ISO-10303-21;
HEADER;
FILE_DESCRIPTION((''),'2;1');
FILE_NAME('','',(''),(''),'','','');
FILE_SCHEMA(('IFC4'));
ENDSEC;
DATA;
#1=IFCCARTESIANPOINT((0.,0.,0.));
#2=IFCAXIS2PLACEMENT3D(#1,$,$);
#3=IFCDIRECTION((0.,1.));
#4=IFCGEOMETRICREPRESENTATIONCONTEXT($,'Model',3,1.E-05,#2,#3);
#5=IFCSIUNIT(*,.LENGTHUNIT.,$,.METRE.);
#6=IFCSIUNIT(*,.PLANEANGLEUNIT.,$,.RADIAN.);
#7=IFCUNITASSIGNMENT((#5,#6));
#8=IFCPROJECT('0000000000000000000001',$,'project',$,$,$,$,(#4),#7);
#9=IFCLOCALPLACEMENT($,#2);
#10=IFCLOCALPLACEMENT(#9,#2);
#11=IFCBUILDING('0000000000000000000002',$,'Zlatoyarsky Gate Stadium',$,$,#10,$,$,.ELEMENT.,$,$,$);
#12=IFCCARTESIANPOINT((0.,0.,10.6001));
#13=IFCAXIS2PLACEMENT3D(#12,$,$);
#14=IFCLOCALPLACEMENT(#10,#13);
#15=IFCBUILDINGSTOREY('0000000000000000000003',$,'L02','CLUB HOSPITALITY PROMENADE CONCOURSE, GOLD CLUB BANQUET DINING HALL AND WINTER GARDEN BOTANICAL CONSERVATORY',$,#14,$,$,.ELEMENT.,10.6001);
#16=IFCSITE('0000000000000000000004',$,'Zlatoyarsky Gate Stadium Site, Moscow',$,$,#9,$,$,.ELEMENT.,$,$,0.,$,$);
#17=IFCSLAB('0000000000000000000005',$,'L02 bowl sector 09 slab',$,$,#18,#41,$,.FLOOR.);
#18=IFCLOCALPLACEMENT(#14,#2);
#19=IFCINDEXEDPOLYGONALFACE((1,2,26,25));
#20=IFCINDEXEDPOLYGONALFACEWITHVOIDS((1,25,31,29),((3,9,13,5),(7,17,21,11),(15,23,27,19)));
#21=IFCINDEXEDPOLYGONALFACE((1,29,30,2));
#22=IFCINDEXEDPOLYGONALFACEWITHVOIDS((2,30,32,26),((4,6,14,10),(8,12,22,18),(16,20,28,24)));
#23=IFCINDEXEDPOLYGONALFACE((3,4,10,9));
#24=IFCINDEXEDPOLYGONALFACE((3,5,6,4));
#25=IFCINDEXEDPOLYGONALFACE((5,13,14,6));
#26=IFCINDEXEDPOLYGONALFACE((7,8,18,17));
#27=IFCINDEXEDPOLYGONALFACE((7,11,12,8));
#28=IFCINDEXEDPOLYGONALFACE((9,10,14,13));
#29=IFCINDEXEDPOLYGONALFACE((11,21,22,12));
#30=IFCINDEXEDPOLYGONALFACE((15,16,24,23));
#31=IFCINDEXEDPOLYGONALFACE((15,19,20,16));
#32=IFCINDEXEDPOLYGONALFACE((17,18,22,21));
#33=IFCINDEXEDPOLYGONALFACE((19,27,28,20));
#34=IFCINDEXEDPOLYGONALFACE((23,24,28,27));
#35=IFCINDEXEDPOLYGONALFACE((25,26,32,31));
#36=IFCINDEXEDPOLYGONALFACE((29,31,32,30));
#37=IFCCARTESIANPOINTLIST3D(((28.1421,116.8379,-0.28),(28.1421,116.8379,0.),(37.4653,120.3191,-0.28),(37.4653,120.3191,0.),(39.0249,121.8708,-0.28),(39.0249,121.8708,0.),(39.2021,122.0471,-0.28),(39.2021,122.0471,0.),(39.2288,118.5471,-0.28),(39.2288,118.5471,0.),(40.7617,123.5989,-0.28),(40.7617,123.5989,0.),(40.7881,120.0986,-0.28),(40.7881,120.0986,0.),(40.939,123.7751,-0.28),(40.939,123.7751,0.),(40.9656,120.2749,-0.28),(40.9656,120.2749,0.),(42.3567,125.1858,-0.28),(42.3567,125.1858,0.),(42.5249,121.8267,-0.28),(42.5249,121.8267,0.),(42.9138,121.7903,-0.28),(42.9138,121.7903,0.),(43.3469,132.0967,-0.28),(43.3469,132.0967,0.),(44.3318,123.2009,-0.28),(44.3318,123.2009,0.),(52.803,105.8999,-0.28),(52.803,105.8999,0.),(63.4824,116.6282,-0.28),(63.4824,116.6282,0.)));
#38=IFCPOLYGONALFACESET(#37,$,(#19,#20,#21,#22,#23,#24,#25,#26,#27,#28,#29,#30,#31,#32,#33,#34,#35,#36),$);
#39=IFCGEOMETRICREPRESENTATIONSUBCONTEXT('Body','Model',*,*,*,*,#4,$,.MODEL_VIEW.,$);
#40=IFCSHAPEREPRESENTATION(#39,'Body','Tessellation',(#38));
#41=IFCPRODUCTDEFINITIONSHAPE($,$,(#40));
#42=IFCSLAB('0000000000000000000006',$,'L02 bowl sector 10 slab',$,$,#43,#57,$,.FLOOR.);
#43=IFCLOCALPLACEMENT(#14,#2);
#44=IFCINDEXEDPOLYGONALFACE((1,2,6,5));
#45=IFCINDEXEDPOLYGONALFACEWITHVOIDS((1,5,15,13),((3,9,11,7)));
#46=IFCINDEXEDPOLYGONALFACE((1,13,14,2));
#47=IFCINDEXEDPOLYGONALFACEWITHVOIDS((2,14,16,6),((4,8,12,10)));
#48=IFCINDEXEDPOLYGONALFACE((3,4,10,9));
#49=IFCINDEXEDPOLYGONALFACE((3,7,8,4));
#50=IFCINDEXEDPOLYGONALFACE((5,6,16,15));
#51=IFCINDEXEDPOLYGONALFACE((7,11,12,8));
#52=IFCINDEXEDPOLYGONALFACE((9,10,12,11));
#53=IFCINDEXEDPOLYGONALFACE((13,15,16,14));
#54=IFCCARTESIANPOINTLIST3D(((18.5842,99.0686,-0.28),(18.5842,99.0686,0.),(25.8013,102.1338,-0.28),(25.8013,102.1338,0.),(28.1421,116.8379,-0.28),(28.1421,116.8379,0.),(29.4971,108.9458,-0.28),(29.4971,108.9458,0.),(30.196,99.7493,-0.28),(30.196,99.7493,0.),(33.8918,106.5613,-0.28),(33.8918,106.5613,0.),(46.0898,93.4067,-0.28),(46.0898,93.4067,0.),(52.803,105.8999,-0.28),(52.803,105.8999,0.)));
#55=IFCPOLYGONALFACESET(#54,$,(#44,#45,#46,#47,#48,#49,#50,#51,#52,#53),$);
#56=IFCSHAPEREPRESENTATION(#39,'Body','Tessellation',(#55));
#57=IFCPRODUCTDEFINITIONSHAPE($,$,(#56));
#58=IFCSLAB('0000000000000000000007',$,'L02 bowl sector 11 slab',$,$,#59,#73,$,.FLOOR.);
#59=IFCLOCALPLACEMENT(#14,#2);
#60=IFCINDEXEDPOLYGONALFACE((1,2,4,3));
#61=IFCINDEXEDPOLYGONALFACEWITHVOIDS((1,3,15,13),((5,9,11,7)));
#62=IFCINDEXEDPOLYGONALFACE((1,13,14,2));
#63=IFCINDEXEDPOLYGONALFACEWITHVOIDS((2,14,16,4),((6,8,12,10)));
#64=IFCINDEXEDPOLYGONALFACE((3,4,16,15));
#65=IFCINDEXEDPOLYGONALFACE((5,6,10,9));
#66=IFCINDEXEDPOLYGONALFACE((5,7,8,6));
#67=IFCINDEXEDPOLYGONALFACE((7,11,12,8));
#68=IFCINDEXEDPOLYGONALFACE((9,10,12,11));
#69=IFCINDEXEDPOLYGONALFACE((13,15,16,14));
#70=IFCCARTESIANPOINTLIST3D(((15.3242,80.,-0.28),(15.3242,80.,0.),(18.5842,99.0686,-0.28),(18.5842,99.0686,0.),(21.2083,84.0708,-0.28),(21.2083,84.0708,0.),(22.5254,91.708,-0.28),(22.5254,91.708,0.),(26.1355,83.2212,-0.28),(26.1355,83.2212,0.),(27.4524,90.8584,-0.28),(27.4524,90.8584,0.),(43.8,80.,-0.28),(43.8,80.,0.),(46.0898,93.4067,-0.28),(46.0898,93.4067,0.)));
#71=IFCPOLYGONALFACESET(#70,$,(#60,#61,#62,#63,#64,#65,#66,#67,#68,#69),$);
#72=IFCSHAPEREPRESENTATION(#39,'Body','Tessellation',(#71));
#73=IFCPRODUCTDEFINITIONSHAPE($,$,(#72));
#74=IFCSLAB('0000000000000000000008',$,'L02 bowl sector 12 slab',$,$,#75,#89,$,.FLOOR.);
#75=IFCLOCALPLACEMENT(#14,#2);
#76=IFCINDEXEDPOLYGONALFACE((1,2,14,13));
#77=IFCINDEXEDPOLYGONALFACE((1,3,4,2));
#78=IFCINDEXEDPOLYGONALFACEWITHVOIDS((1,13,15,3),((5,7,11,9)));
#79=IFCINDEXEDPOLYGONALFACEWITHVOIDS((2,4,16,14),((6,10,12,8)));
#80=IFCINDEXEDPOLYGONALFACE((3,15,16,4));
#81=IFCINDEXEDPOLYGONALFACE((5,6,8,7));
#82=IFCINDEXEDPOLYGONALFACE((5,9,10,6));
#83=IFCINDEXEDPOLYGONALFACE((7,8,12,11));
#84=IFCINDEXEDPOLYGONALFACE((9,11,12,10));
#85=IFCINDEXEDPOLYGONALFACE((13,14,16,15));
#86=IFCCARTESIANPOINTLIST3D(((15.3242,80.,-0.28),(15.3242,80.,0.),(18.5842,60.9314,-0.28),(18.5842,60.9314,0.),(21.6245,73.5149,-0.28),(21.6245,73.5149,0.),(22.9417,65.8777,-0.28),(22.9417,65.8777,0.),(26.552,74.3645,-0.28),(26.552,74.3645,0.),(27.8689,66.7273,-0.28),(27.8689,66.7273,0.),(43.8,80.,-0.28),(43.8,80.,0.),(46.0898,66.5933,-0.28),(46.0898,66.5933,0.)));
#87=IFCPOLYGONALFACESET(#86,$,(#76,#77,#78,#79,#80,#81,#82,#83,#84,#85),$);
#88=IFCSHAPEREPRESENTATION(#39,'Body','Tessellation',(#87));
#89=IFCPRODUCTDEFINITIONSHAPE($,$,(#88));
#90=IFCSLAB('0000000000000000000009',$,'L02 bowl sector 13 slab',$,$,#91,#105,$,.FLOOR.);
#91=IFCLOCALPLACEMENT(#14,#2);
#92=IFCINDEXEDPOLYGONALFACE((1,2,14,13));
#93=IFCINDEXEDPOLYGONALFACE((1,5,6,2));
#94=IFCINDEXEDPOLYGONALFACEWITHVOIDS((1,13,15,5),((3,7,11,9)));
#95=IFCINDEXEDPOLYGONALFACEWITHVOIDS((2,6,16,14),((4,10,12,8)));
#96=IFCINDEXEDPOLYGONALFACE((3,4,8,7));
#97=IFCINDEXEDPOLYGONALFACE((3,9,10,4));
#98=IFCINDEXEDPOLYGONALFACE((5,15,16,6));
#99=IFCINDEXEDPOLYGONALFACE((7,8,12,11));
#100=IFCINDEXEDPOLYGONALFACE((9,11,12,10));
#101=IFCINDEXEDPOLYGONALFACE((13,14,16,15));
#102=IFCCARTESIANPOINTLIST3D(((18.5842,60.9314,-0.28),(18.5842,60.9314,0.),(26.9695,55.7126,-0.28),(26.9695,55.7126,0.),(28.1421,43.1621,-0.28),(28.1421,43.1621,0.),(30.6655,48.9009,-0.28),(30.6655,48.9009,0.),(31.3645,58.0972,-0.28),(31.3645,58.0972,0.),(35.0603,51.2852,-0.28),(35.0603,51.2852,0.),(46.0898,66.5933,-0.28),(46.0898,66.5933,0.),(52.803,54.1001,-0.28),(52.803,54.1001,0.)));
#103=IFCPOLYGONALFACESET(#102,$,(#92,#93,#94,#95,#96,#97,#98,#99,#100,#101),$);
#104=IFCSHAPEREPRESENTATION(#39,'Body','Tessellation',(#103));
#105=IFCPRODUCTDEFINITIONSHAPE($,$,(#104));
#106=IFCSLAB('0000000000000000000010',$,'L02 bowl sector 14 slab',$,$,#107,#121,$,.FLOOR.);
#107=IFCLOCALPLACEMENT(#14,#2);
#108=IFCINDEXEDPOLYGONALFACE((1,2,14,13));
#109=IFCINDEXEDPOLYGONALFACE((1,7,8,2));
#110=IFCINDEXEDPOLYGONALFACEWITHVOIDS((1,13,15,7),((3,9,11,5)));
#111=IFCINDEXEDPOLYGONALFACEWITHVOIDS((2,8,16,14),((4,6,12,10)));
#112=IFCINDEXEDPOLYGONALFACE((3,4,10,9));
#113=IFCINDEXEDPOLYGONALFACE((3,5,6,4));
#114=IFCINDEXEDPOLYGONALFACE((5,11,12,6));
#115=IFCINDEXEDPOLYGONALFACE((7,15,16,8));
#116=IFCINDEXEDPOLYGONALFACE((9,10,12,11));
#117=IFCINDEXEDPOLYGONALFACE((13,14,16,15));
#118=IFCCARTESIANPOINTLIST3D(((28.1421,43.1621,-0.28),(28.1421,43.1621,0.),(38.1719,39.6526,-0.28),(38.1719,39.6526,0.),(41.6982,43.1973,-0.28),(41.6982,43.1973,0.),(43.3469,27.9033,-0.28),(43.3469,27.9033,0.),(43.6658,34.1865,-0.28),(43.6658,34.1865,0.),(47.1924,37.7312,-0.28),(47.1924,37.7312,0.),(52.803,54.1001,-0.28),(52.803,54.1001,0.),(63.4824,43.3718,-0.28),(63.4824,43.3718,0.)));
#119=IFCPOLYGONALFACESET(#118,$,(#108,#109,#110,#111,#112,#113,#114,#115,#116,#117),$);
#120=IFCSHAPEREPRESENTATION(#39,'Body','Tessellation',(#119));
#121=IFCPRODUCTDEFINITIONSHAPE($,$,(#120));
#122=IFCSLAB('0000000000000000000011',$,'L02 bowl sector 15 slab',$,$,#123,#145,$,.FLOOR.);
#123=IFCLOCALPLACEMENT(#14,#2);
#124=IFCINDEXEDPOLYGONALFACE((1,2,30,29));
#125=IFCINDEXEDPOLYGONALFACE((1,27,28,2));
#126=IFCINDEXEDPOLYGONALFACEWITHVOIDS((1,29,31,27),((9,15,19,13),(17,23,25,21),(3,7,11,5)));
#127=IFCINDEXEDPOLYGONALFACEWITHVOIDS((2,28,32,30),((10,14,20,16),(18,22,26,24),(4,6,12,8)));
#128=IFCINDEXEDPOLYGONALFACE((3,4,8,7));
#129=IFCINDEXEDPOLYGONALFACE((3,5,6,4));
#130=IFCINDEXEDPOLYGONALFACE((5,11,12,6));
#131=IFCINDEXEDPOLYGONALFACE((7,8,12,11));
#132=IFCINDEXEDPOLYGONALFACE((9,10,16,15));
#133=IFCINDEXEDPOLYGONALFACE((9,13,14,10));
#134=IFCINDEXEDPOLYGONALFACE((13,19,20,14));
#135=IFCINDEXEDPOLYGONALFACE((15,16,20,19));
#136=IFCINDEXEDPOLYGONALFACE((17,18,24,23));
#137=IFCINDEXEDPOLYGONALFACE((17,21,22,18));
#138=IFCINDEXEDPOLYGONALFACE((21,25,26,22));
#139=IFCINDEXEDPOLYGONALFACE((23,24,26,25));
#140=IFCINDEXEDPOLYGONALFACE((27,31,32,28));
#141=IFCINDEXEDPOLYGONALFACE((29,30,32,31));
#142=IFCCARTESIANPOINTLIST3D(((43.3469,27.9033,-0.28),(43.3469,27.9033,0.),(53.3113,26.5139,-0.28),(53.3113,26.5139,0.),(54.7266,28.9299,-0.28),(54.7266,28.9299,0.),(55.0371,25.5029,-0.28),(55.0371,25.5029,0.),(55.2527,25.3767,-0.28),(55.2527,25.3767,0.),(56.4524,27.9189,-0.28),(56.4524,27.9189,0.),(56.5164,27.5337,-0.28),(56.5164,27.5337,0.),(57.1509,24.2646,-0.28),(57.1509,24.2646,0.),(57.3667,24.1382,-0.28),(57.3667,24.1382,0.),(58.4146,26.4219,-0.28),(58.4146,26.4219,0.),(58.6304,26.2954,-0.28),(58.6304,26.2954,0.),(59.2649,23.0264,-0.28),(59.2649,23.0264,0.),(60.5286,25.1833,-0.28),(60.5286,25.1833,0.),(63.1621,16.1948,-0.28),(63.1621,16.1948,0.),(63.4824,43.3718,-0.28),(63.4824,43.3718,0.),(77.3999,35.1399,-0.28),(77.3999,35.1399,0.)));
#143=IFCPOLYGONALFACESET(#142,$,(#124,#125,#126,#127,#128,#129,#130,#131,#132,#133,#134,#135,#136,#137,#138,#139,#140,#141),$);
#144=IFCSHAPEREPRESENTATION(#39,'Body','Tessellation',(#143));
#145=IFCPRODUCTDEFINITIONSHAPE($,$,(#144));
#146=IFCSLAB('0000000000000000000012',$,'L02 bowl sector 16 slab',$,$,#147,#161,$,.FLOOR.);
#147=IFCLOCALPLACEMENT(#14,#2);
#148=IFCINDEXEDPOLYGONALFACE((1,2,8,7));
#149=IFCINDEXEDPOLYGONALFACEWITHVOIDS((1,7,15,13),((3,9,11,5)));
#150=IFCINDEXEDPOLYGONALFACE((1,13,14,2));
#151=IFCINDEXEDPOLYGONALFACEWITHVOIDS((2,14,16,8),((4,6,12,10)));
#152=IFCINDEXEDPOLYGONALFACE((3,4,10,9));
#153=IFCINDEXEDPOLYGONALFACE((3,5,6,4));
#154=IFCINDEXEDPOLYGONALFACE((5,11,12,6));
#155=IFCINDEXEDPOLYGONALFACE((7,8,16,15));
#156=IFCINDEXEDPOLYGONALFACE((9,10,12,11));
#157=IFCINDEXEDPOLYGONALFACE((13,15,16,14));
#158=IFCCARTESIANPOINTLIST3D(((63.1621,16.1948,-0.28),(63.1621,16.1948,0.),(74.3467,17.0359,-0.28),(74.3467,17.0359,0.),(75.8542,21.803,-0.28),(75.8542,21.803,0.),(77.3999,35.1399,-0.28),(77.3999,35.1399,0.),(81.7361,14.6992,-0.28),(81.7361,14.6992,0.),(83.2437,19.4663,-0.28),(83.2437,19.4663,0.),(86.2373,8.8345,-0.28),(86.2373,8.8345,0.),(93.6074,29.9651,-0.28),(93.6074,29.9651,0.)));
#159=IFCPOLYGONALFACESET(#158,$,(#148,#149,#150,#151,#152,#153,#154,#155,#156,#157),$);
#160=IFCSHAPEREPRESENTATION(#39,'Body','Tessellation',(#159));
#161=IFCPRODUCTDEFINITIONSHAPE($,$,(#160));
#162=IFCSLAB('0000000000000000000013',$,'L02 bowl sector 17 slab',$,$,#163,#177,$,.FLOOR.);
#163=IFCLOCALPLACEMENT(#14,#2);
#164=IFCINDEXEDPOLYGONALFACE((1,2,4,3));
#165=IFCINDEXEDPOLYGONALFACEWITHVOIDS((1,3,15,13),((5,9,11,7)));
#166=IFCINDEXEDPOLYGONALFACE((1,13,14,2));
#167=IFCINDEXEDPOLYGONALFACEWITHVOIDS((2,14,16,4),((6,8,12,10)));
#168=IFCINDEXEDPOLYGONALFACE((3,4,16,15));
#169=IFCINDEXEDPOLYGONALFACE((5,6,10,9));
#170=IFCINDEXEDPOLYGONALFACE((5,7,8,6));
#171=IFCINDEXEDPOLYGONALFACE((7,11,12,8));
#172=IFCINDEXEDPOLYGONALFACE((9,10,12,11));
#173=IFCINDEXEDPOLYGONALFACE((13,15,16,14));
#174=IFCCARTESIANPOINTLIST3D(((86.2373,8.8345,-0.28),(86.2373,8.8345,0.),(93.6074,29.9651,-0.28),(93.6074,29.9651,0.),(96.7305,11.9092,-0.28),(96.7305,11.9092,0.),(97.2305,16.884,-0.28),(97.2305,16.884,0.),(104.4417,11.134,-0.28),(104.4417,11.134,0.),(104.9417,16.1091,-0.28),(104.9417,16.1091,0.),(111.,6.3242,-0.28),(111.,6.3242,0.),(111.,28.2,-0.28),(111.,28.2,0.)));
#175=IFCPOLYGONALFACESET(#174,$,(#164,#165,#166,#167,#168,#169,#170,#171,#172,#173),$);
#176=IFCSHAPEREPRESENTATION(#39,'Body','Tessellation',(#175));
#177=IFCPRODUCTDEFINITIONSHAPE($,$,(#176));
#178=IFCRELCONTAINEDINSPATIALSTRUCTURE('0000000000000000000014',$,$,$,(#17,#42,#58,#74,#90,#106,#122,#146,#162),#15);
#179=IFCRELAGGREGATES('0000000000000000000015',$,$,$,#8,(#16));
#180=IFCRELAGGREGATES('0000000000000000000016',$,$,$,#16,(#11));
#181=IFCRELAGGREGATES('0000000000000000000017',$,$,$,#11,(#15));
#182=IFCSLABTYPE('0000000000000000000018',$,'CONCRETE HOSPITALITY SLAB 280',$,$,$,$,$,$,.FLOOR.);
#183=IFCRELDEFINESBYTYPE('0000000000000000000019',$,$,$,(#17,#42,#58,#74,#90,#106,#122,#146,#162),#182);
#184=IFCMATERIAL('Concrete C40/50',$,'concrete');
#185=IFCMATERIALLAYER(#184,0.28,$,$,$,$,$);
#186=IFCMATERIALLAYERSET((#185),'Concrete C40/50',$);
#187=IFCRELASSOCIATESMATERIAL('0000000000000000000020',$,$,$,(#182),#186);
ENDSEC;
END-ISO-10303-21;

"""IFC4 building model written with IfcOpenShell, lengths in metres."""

from ifc_helpers import new_model, si_unit, direction, frame, origin, place, context, subcontext, project, spatial, polyline, outline, extrude, material, layer, layer_set, type_object, element, save


model = new_model("IFC4")

# Units and contexts
model_context = context("Model", 3, precision=1e-05, world=origin(), true_north=direction((0.0, 1.0)))
body_context = subcontext(model_context, "Body", "Model", "MODEL_VIEW")
ifc_project = project(units=[si_unit("LENGTHUNIT", "METRE"), si_unit("PLANEANGLEUNIT", "RADIAN")], contexts=[model_context])

# Site, building, storey
site_placement = place(None, origin())
site = spatial("IfcSite", under=ifc_project, at=site_placement, Name="Zlatoyarsky Gate Stadium Site, Moscow", CompositionType="ELEMENT", RefElevation=0.0)
building_placement = place(site_placement, origin())
building = spatial("IfcBuilding", under=site, at=building_placement, Name="Zlatoyarsky Gate Stadium", CompositionType="ELEMENT")
storey_placement = place(building_placement, frame((0.0, 0.0, 10.6001)))
storey = spatial("IfcBuildingStorey", under=building, at=storey_placement, Name="L02", Description="CLUB HOSPITALITY PROMENADE CONCOURSE, GOLD CLUB BANQUET DINING HALL AND WINTER GARDEN BOTANICAL CONSERVATORY", CompositionType="ELEMENT", Elevation=10.6001)

# Slabs
ifc_material = material(Name="Concrete C40/50", Category="concrete")
ifc_layer = layer(ifc_material, 0.28)
ifc_layer_set = layer_set([ifc_layer], Name="Concrete C40/50")
slab_type = type_object("IfcSlabType", Name="CONCRETE HOSPITALITY SLAB 280", PredefinedType="FLOOR", material=ifc_layer_set)
slab_1_placement = place(storey_placement, frame((0.0, 0.0, -0.28)))
element("IfcSlab", 1, at=slab_1_placement, inside=storey, type_object=slab_type, Name="L02 bowl sector 09 slab", PredefinedType="FLOOR", context=body_context, shape_type="SweptSolid", body=[
    extrude(outline(polyline([(52.803, 105.8999), (28.1421, 116.8379), (43.3469, 132.0967), (63.4824, 116.6282), (52.803, 105.8999)]), holes=[polyline([(39.0249, 121.8708), (37.4653, 120.3191), (39.2288, 118.5471), (40.7881, 120.0986), (39.0249, 121.8708)]), polyline([(42.5249, 121.8267), (40.7617, 123.5989), (39.2021, 122.0471), (40.9656, 120.2749), (42.5249, 121.8267)]), polyline([(44.3318, 123.2009), (42.3567, 125.1858), (40.939, 123.7751), (42.9138, 121.7903), (44.3318, 123.2009)])]), origin(), (0.0, 0.0, 1.0), 0.28),
])
slab_2_placement = place(storey_placement, frame((0.0, 0.0, -0.28)))
element("IfcSlab", 2, at=slab_2_placement, inside=storey, type_object=slab_type, Name="L02 bowl sector 10 slab", PredefinedType="FLOOR", context=body_context, shape_type="SweptSolid", body=[
    extrude(outline(polyline([(46.0898, 93.4067), (18.5842, 99.0686), (28.1421, 116.8379), (52.803, 105.8999), (46.0898, 93.4067)]), holes=[polyline([(29.4971, 108.9458), (25.8013, 102.1338), (30.196, 99.7493), (33.8918, 106.5613), (29.4971, 108.9458)])]), origin(), (0.0, 0.0, 1.0), 0.28),
])
slab_3_placement = place(storey_placement, frame((0.0, 0.0, -0.28)))
element("IfcSlab", 3, at=slab_3_placement, inside=storey, type_object=slab_type, Name="L02 bowl sector 11 slab", PredefinedType="FLOOR", context=body_context, shape_type="SweptSolid", body=[
    extrude(outline(polyline([(43.8, 80.0), (15.3242, 80.0), (18.5842, 99.0686), (46.0898, 93.4067), (43.8, 80.0)]), holes=[polyline([(22.5254, 91.708), (21.2083, 84.0708), (26.1355, 83.2212), (27.4524, 90.8584), (22.5254, 91.708)])]), origin(), (0.0, 0.0, 1.0), 0.28),
])
slab_4_placement = place(storey_placement, frame((0.0, 0.0, -0.28)))
element("IfcSlab", 4, at=slab_4_placement, inside=storey, type_object=slab_type, Name="L02 bowl sector 12 slab", PredefinedType="FLOOR", context=body_context, shape_type="SweptSolid", body=[
    extrude(outline(polyline([(46.0898, 66.5933), (18.5842, 60.9314), (15.3242, 80.0), (43.8, 80.0), (46.0898, 66.5933)]), holes=[polyline([(26.552, 74.3645), (21.6245, 73.5149), (22.9417, 65.8777), (27.8689, 66.7273), (26.552, 74.3645)])]), origin(), (0.0, 0.0, 1.0), 0.28),
])
slab_5_placement = place(storey_placement, frame((0.0, 0.0, -0.28)))
element("IfcSlab", 5, at=slab_5_placement, inside=storey, type_object=slab_type, Name="L02 bowl sector 13 slab", PredefinedType="FLOOR", context=body_context, shape_type="SweptSolid", body=[
    extrude(outline(polyline([(52.803, 54.1001), (28.1421, 43.1621), (18.5842, 60.9314), (46.0898, 66.5933), (52.803, 54.1001)]), holes=[polyline([(31.3645, 58.0972), (26.9695, 55.7126), (30.6655, 48.9009), (35.0603, 51.2852), (31.3645, 58.0972)])]), origin(), (0.0, 0.0, 1.0), 0.28),
])
slab_6_placement = place(storey_placement, frame((0.0, 0.0, -0.28)))
element("IfcSlab", 6, at=slab_6_placement, inside=storey, type_object=slab_type, Name="L02 bowl sector 14 slab", PredefinedType="FLOOR", context=body_context, shape_type="SweptSolid", body=[
    extrude(outline(polyline([(63.4824, 43.3718), (43.3469, 27.9033), (28.1421, 43.1621), (52.803, 54.1001), (63.4824, 43.3718)]), holes=[polyline([(38.1719, 39.6526), (43.6658, 34.1865), (47.1924, 37.7312), (41.6982, 43.1973), (38.1719, 39.6526)])]), origin(), (0.0, 0.0, 1.0), 0.28),
])
slab_7_placement = place(storey_placement, frame((0.0, 0.0, -0.28)))
element("IfcSlab", 7, at=slab_7_placement, inside=storey, type_object=slab_type, Name="L02 bowl sector 15 slab", PredefinedType="FLOOR", context=body_context, shape_type="SweptSolid", body=[
    extrude(outline(polyline([(77.3999, 35.1399), (63.1621, 16.1948), (43.3469, 27.9033), (63.4824, 43.3718), (77.3999, 35.1399)]), holes=[polyline([(58.6304, 26.2954), (57.3667, 24.1382), (59.2649, 23.0264), (60.5286, 25.1833), (58.6304, 26.2954)]), polyline([(55.2527, 25.3767), (57.1509, 24.2646), (58.4146, 26.4219), (56.5164, 27.5337), (55.2527, 25.3767)]), polyline([(53.3113, 26.5139), (55.0371, 25.5029), (56.4524, 27.9189), (54.7266, 28.9299), (53.3113, 26.5139)])]), origin(), (0.0, 0.0, 1.0), 0.28),
])
slab_8_placement = place(storey_placement, frame((0.0, 0.0, -0.28)))
element("IfcSlab", 8, at=slab_8_placement, inside=storey, type_object=slab_type, Name="L02 bowl sector 16 slab", PredefinedType="FLOOR", context=body_context, shape_type="SweptSolid", body=[
    extrude(outline(polyline([(93.6074, 29.9651), (86.2373, 8.8345), (63.1621, 16.1948), (77.3999, 35.1399), (93.6074, 29.9651)]), holes=[polyline([(75.8542, 21.803), (74.3467, 17.0359), (81.7361, 14.6992), (83.2437, 19.4663), (75.8542, 21.803)])]), origin(), (0.0, 0.0, 1.0), 0.28),
])
slab_9_placement = place(storey_placement, frame((0.0, 0.0, -0.28)))
element("IfcSlab", 9, at=slab_9_placement, inside=storey, type_object=slab_type, Name="L02 bowl sector 17 slab", PredefinedType="FLOOR", context=body_context, shape_type="SweptSolid", body=[
    extrude(outline(polyline([(111.0, 28.2), (111.0, 6.3242), (86.2373, 8.8345), (93.6074, 29.9651), (111.0, 28.2)]), holes=[polyline([(96.7305, 11.9092), (104.4417, 11.134), (104.9417, 16.1091), (97.2305, 16.884), (96.7305, 11.9092)])]), origin(), (0.0, 0.0, 1.0), 0.28),
])

save(model, "model.ifc")
